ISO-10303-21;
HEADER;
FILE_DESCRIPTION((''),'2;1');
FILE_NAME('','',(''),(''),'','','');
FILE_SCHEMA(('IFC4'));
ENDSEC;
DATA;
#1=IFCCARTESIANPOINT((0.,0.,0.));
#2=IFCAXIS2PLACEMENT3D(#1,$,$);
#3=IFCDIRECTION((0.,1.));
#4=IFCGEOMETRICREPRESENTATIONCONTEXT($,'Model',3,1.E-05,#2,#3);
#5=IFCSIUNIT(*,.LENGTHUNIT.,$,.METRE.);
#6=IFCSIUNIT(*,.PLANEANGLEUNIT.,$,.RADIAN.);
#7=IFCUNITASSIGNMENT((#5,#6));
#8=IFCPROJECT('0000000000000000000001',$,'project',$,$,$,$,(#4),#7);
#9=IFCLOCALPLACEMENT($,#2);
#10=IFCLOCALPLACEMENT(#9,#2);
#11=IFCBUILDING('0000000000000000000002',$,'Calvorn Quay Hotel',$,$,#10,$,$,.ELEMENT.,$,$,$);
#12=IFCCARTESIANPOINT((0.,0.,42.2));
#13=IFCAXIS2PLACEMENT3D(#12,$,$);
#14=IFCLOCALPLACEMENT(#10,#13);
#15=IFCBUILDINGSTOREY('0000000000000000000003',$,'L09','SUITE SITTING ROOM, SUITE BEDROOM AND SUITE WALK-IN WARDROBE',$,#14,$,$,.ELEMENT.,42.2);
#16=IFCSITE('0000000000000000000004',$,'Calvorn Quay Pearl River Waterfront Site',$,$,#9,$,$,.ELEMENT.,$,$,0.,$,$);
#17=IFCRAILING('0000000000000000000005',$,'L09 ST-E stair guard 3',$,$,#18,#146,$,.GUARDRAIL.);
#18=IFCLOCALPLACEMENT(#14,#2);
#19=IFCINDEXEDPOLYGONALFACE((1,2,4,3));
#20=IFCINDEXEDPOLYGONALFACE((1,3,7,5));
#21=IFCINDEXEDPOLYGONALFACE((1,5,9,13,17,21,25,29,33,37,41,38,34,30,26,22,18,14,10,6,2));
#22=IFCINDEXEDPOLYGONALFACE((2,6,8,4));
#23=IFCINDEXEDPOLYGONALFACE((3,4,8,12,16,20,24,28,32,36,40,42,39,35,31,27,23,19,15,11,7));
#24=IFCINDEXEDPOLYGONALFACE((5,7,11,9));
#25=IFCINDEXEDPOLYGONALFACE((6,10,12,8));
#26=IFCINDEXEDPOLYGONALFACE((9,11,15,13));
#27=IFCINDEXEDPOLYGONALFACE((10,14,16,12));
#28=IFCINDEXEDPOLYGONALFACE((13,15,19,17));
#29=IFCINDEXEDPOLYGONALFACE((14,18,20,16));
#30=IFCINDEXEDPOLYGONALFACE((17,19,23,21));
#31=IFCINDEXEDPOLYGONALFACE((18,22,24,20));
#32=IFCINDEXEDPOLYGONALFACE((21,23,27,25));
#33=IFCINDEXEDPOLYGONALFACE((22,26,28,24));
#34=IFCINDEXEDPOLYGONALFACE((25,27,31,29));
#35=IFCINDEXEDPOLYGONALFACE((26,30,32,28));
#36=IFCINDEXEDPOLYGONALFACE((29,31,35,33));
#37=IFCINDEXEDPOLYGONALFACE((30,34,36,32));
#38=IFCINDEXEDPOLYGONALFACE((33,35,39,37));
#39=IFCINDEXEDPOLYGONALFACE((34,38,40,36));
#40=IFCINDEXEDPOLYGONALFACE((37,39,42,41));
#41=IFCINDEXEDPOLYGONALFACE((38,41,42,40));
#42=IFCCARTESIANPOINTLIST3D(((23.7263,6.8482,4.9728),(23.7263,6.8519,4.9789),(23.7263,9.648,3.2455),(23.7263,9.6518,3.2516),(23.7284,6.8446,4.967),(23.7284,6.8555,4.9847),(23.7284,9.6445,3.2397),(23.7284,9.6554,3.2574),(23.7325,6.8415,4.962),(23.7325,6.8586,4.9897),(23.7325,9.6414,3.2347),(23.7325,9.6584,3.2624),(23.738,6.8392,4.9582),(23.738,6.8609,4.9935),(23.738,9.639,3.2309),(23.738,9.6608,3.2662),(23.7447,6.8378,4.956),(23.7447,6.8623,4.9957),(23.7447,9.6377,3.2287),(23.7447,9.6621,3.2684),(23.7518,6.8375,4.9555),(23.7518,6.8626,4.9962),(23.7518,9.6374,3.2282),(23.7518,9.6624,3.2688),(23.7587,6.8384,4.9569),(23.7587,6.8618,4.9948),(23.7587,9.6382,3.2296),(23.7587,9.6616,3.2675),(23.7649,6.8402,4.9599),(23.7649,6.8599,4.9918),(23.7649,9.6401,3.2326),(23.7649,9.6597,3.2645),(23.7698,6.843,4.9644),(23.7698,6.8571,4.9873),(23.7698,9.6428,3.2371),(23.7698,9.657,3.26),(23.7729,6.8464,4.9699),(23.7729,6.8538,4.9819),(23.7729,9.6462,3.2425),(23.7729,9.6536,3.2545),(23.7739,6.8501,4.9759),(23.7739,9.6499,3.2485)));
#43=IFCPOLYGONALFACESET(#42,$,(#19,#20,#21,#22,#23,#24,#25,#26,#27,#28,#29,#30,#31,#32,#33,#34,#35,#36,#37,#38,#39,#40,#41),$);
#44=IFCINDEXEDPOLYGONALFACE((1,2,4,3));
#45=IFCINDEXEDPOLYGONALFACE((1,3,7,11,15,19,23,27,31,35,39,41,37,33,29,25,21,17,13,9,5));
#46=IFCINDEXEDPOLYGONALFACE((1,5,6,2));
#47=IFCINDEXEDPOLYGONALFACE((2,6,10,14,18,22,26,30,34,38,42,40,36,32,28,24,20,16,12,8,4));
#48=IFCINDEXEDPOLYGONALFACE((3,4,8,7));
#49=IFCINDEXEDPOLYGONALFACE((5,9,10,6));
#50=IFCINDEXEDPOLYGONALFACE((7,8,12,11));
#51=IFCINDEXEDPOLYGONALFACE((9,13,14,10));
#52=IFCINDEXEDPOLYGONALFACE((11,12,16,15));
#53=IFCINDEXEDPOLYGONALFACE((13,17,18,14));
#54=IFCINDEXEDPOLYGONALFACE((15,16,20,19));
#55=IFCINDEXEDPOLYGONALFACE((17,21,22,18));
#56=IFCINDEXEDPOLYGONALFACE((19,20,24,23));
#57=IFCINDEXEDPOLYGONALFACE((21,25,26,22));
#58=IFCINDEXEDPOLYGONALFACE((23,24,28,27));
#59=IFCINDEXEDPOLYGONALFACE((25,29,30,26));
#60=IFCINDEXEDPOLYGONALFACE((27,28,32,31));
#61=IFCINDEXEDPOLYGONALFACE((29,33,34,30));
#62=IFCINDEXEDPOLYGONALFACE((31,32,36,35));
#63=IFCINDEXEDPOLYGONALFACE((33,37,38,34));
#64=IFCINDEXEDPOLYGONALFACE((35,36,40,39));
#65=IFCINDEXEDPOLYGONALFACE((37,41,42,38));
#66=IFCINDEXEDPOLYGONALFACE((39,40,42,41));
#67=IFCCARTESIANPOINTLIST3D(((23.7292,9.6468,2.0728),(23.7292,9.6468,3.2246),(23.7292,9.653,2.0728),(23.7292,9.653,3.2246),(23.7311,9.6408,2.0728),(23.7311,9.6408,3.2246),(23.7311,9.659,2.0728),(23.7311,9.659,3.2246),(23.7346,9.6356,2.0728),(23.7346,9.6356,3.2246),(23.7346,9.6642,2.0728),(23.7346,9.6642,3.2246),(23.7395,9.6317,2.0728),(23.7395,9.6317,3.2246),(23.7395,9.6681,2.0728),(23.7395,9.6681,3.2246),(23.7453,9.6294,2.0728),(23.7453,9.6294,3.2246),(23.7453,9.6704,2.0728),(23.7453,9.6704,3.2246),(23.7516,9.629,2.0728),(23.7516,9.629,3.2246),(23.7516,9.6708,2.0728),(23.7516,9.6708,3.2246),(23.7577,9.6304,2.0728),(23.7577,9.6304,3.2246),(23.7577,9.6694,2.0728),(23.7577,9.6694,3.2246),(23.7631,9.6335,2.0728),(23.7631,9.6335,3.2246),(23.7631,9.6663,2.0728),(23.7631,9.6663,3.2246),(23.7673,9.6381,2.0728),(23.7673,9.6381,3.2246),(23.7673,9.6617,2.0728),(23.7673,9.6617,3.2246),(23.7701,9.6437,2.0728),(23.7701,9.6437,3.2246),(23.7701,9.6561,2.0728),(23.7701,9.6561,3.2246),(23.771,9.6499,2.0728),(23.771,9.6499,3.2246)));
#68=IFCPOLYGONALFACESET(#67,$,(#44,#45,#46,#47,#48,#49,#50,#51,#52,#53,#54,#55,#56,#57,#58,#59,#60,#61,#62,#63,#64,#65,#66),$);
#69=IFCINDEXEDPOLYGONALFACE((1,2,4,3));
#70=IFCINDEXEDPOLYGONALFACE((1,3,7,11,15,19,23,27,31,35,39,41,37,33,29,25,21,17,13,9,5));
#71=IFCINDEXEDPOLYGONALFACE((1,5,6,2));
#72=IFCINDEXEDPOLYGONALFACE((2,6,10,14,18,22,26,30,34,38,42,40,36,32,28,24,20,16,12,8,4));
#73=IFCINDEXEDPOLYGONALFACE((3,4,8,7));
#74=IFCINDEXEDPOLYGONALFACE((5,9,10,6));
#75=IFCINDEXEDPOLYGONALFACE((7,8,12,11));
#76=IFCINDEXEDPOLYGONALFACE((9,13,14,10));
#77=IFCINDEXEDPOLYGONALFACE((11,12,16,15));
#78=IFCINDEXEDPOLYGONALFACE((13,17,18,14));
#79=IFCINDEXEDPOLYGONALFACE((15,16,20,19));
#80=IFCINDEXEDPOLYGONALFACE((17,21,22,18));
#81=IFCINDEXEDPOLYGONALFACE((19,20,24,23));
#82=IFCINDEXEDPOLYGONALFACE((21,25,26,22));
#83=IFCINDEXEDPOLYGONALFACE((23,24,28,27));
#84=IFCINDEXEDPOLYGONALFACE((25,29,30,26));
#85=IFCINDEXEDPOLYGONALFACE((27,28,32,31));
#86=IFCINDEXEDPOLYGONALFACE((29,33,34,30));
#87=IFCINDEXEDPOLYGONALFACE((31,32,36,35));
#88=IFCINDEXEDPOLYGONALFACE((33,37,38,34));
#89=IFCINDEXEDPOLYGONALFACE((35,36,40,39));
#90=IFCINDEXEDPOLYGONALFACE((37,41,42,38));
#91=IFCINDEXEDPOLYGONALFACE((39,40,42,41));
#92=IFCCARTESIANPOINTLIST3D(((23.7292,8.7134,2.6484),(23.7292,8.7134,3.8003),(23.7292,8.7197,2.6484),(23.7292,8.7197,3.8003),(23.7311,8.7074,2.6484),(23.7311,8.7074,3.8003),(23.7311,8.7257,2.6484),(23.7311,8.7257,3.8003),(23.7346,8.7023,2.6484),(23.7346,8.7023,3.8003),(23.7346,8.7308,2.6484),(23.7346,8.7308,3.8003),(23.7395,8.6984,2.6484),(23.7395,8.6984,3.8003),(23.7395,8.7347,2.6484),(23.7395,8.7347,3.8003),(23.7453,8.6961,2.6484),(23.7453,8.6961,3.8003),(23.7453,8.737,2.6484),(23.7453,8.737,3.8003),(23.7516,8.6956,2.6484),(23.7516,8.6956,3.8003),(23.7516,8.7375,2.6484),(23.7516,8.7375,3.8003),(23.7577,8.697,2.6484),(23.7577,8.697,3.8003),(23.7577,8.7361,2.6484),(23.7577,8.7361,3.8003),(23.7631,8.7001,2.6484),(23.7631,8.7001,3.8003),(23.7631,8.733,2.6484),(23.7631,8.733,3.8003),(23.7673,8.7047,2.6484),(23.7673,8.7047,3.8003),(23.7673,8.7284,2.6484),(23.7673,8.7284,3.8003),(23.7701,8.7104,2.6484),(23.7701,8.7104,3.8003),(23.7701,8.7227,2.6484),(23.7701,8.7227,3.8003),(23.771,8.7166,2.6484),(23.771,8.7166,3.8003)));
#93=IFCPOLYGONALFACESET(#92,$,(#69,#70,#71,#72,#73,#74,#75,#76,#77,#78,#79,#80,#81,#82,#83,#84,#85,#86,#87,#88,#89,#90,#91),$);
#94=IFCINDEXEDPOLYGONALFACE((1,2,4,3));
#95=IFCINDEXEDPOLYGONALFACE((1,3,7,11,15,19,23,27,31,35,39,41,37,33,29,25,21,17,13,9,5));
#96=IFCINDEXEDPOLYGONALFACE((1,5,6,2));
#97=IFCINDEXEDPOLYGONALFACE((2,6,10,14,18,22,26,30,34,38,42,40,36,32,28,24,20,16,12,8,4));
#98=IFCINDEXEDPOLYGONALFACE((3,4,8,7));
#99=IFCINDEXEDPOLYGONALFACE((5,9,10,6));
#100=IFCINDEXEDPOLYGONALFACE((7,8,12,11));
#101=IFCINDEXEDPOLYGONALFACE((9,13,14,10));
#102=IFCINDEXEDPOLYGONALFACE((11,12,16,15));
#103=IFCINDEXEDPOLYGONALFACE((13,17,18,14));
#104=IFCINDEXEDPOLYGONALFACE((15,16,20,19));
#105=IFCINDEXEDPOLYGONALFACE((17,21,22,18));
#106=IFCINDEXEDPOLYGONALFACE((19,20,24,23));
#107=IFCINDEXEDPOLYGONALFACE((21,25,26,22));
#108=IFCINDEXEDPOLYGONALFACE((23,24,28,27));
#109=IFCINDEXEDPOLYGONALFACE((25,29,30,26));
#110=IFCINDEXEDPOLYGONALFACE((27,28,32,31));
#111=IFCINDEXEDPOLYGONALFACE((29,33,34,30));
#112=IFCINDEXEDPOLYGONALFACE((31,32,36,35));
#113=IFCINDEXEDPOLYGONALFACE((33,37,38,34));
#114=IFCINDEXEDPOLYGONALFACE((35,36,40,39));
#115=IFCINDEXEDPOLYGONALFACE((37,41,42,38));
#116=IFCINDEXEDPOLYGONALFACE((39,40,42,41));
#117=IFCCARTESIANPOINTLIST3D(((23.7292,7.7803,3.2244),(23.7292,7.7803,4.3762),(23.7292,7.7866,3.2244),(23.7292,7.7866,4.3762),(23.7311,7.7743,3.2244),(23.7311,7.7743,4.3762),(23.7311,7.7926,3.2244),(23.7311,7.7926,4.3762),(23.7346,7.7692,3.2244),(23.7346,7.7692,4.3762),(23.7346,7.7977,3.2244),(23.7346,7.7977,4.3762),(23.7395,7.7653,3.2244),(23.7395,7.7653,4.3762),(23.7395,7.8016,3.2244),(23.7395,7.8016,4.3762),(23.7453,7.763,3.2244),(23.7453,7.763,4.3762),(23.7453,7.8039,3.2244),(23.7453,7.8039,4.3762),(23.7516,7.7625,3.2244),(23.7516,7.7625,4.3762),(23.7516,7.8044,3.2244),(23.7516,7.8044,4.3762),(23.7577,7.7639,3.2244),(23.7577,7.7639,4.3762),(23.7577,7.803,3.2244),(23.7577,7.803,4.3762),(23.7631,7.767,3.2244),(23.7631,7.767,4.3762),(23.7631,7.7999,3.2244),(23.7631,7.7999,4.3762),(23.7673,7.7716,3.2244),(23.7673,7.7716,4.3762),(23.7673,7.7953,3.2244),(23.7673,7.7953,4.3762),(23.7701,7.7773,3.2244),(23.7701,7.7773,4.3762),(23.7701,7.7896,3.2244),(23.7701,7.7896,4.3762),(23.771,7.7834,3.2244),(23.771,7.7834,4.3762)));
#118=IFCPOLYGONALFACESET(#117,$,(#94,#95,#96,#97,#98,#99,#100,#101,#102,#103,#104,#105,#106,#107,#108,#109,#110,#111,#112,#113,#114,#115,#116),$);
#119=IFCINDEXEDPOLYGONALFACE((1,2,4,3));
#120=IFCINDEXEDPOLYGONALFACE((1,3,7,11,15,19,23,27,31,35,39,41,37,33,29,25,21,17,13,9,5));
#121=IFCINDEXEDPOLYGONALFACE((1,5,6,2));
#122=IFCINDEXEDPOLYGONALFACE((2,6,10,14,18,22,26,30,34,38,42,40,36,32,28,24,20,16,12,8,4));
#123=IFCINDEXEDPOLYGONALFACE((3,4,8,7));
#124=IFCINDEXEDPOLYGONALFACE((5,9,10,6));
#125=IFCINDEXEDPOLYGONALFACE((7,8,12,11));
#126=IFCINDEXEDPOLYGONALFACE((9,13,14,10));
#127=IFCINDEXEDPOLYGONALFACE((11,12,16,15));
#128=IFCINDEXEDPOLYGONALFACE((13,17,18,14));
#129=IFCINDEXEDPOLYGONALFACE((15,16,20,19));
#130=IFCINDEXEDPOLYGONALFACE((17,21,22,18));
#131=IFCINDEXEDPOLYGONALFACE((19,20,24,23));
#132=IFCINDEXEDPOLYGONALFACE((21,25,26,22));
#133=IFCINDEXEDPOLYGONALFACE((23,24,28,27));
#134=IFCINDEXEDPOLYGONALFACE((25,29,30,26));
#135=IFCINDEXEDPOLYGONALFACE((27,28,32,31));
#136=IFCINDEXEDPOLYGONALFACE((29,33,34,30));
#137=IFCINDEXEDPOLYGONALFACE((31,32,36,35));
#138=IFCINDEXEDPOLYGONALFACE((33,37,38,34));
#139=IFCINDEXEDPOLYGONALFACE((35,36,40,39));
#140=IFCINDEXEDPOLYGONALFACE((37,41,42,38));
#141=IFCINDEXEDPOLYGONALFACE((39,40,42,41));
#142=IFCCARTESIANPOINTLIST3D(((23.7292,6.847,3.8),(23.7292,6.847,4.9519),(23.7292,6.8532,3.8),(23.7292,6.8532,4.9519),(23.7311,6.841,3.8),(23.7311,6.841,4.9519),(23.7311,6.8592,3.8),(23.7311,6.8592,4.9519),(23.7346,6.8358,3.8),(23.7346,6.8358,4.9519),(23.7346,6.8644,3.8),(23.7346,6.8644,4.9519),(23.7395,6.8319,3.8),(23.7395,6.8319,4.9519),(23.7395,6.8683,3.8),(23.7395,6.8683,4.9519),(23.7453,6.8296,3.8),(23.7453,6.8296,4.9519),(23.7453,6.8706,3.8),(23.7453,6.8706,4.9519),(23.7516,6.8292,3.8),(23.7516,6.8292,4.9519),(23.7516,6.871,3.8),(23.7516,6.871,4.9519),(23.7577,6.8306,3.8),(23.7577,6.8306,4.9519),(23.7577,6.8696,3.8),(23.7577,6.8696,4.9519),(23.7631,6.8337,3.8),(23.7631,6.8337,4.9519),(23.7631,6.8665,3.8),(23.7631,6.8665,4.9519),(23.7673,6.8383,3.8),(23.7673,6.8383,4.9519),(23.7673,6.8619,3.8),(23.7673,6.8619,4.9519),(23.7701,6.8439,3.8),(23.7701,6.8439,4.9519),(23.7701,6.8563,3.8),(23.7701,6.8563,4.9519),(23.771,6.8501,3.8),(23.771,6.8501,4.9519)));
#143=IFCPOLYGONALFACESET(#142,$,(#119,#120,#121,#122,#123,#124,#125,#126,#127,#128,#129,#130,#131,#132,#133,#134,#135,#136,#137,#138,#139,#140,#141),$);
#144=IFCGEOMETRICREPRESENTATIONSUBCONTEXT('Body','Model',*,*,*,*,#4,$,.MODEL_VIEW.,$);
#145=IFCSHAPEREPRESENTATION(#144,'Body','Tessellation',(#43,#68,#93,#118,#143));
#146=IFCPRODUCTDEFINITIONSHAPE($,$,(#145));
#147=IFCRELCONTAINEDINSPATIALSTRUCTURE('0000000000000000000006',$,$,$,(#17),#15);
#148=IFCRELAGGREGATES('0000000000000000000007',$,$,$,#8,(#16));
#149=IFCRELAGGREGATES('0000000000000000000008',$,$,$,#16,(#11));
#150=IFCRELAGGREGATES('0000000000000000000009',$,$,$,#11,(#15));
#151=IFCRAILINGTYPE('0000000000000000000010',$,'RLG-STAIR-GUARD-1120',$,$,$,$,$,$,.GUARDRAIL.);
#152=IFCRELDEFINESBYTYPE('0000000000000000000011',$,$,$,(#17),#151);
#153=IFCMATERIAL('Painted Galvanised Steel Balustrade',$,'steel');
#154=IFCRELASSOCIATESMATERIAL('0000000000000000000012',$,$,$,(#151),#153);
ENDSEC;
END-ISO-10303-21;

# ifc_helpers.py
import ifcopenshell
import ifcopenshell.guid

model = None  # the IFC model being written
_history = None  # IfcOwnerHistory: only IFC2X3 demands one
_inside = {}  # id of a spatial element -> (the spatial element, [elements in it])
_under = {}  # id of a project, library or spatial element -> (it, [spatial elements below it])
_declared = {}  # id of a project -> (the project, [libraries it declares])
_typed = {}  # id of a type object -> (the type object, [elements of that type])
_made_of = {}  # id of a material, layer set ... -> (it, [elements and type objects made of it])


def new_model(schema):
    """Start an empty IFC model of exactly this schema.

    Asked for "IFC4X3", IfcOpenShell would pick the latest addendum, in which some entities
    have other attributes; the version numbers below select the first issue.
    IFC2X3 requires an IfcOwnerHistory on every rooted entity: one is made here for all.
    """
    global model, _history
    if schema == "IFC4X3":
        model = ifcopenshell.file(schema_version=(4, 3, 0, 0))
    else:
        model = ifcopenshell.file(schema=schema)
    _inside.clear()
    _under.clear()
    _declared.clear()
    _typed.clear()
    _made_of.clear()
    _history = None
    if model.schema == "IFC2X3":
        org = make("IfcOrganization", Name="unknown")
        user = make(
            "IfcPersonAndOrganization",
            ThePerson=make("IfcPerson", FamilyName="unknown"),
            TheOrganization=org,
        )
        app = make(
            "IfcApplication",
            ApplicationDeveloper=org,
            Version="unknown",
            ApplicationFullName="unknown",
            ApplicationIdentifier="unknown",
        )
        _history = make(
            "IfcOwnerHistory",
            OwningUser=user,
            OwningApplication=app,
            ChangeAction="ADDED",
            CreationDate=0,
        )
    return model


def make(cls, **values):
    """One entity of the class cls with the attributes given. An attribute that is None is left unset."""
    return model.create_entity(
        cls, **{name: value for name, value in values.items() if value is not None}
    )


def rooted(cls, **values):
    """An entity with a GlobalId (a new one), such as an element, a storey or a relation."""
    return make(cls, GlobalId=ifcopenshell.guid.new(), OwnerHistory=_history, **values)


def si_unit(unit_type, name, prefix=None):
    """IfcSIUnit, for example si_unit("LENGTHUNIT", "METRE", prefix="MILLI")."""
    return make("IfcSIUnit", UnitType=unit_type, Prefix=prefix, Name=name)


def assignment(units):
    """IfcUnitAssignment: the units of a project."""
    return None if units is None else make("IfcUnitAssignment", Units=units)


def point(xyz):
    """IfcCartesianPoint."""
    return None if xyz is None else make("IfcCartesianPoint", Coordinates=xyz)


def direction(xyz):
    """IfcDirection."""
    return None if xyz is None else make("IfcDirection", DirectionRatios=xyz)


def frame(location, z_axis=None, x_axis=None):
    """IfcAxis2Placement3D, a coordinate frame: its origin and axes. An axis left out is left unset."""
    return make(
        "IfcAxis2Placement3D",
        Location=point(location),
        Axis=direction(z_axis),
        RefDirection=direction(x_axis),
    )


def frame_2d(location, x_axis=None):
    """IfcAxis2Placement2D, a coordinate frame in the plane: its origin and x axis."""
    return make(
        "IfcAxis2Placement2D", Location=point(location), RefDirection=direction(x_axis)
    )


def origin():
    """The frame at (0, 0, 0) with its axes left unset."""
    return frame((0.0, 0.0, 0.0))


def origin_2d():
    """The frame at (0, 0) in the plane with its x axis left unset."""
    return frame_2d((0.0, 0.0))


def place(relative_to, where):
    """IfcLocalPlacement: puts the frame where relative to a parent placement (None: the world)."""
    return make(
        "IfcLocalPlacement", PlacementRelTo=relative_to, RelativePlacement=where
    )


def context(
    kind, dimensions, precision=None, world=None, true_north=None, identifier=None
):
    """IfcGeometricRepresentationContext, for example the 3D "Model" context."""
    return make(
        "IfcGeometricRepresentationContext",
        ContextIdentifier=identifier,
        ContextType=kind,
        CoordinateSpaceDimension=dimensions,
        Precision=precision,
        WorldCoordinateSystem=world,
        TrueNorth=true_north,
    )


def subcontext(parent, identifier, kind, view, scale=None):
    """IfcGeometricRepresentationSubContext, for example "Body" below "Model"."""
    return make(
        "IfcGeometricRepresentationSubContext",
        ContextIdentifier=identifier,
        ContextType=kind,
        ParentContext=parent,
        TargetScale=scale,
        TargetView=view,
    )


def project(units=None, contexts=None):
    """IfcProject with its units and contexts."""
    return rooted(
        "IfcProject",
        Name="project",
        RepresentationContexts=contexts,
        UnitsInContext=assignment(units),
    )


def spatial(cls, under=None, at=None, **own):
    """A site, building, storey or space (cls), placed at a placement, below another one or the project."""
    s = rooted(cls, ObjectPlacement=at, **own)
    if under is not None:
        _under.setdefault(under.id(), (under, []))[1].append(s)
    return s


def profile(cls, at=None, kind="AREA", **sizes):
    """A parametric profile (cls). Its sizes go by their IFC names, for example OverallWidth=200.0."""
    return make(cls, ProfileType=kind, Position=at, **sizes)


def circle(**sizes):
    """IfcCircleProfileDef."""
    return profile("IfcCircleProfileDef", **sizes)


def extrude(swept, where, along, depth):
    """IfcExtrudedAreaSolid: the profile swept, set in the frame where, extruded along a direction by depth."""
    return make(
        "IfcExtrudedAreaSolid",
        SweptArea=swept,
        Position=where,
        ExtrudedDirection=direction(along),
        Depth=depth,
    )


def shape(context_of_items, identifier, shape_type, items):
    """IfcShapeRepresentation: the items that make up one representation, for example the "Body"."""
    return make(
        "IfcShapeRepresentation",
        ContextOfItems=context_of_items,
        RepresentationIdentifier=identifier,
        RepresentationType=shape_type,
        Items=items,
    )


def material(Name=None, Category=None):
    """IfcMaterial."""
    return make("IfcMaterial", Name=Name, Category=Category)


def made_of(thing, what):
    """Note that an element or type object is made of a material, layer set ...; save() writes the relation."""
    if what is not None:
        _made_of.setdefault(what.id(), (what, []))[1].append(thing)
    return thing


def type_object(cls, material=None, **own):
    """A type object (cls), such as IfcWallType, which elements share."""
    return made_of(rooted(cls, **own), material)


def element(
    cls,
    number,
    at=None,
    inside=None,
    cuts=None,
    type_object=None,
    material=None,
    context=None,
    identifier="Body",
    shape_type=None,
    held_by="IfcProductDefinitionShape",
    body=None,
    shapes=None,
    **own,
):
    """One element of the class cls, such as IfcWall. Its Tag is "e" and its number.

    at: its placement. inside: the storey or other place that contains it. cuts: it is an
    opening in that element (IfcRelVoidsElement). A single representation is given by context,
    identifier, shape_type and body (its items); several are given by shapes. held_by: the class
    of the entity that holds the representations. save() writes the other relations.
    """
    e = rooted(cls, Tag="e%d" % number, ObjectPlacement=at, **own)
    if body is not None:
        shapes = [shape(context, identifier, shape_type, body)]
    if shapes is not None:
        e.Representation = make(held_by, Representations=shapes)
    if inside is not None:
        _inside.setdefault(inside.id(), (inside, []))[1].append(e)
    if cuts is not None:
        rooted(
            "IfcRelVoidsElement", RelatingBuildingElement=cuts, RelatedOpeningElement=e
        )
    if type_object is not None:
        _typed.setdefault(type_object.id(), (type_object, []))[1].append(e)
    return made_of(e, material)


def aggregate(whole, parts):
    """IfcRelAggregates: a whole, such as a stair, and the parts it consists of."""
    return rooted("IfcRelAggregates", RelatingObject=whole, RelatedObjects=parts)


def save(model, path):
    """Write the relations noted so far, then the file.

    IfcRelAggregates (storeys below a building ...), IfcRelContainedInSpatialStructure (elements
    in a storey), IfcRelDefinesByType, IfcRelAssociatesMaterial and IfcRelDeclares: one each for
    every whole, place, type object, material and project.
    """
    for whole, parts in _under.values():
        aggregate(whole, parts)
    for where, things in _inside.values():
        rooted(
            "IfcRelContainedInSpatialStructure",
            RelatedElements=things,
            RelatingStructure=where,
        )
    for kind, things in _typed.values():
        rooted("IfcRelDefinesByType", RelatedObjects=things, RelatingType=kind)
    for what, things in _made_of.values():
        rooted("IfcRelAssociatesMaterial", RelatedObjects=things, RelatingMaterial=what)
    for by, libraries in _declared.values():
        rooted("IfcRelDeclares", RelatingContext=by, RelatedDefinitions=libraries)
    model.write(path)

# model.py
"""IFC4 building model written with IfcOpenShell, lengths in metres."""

from ifc_helpers import new_model, si_unit, direction, frame, origin, origin_2d, place, context, subcontext, project, spatial, circle, extrude, material, type_object, element, save


model = new_model("IFC4")

# Units and contexts
model_context = context("Model", 3, precision=1e-05, world=origin(), true_north=direction((0.0, 1.0)))
body_context = subcontext(model_context, "Body", "Model", "MODEL_VIEW")
ifc_project = project(units=[si_unit("LENGTHUNIT", "METRE"), si_unit("PLANEANGLEUNIT", "RADIAN")], contexts=[model_context])

# Site, building, storey
site_placement = place(None, origin())
site = spatial("IfcSite", under=ifc_project, at=site_placement, Name="Calvorn Quay Pearl River Waterfront Site", CompositionType="ELEMENT", RefElevation=0.0)
building_placement = place(site_placement, origin())
building = spatial("IfcBuilding", under=site, at=building_placement, Name="Calvorn Quay Hotel", CompositionType="ELEMENT")
storey_placement = place(building_placement, frame((0.0, 0.0, 42.2)))
storey = spatial("IfcBuildingStorey", under=building, at=storey_placement, Name="L09", Description="SUITE SITTING ROOM, SUITE BEDROOM AND SUITE WALK-IN WARDROBE", CompositionType="ELEMENT", Elevation=42.2)

# Railing
ifc_material_1 = material(Name="Painted Galvanised Steel Balustrade", Category="steel")
railing_type_1 = type_object("IfcRailingType", Name="RLG-STAIR-GUARD-1120", PredefinedType="GUARDRAIL", material=ifc_material_1)
railing_1_placement = place(storey_placement, frame((23.75, 9.6499, 2.0728)))
element("IfcRailing", 1, at=railing_1_placement, inside=storey, type_object=railing_type_1, Name="L09 ST-E stair guard 3", PredefinedType="GUARDRAIL", context=body_context, shape_type="SweptSolid", body=[
    extrude(circle(Radius=0.0239, at=origin_2d()), frame((0.0, 0.0, 1.1758), z_axis=(0.0, -0.851069, 0.525054), x_axis=(1.0, 0.0, 0.0)), (0.0, 0.0, 1.0), 3.2898),
    extrude(circle(Radius=0.021, at=origin_2d()), origin(), (0.0, 0.0, 1.0), 1.1519),
    extrude(circle(Radius=0.021, at=origin_2d()), frame((0.0, -0.9333, 0.5757)), (0.0, 0.0, 1.0), 1.1519),
    extrude(circle(Radius=0.021, at=origin_2d()), frame((0.0, -1.8665, 1.1516)), (0.0, 0.0, 1.0), 1.1519),
    extrude(circle(Radius=0.021, at=origin_2d()), frame((0.0, -2.7998, 1.7273)), (0.0, 0.0, 1.0), 1.1519),
])

save(model, "model.ifc")
